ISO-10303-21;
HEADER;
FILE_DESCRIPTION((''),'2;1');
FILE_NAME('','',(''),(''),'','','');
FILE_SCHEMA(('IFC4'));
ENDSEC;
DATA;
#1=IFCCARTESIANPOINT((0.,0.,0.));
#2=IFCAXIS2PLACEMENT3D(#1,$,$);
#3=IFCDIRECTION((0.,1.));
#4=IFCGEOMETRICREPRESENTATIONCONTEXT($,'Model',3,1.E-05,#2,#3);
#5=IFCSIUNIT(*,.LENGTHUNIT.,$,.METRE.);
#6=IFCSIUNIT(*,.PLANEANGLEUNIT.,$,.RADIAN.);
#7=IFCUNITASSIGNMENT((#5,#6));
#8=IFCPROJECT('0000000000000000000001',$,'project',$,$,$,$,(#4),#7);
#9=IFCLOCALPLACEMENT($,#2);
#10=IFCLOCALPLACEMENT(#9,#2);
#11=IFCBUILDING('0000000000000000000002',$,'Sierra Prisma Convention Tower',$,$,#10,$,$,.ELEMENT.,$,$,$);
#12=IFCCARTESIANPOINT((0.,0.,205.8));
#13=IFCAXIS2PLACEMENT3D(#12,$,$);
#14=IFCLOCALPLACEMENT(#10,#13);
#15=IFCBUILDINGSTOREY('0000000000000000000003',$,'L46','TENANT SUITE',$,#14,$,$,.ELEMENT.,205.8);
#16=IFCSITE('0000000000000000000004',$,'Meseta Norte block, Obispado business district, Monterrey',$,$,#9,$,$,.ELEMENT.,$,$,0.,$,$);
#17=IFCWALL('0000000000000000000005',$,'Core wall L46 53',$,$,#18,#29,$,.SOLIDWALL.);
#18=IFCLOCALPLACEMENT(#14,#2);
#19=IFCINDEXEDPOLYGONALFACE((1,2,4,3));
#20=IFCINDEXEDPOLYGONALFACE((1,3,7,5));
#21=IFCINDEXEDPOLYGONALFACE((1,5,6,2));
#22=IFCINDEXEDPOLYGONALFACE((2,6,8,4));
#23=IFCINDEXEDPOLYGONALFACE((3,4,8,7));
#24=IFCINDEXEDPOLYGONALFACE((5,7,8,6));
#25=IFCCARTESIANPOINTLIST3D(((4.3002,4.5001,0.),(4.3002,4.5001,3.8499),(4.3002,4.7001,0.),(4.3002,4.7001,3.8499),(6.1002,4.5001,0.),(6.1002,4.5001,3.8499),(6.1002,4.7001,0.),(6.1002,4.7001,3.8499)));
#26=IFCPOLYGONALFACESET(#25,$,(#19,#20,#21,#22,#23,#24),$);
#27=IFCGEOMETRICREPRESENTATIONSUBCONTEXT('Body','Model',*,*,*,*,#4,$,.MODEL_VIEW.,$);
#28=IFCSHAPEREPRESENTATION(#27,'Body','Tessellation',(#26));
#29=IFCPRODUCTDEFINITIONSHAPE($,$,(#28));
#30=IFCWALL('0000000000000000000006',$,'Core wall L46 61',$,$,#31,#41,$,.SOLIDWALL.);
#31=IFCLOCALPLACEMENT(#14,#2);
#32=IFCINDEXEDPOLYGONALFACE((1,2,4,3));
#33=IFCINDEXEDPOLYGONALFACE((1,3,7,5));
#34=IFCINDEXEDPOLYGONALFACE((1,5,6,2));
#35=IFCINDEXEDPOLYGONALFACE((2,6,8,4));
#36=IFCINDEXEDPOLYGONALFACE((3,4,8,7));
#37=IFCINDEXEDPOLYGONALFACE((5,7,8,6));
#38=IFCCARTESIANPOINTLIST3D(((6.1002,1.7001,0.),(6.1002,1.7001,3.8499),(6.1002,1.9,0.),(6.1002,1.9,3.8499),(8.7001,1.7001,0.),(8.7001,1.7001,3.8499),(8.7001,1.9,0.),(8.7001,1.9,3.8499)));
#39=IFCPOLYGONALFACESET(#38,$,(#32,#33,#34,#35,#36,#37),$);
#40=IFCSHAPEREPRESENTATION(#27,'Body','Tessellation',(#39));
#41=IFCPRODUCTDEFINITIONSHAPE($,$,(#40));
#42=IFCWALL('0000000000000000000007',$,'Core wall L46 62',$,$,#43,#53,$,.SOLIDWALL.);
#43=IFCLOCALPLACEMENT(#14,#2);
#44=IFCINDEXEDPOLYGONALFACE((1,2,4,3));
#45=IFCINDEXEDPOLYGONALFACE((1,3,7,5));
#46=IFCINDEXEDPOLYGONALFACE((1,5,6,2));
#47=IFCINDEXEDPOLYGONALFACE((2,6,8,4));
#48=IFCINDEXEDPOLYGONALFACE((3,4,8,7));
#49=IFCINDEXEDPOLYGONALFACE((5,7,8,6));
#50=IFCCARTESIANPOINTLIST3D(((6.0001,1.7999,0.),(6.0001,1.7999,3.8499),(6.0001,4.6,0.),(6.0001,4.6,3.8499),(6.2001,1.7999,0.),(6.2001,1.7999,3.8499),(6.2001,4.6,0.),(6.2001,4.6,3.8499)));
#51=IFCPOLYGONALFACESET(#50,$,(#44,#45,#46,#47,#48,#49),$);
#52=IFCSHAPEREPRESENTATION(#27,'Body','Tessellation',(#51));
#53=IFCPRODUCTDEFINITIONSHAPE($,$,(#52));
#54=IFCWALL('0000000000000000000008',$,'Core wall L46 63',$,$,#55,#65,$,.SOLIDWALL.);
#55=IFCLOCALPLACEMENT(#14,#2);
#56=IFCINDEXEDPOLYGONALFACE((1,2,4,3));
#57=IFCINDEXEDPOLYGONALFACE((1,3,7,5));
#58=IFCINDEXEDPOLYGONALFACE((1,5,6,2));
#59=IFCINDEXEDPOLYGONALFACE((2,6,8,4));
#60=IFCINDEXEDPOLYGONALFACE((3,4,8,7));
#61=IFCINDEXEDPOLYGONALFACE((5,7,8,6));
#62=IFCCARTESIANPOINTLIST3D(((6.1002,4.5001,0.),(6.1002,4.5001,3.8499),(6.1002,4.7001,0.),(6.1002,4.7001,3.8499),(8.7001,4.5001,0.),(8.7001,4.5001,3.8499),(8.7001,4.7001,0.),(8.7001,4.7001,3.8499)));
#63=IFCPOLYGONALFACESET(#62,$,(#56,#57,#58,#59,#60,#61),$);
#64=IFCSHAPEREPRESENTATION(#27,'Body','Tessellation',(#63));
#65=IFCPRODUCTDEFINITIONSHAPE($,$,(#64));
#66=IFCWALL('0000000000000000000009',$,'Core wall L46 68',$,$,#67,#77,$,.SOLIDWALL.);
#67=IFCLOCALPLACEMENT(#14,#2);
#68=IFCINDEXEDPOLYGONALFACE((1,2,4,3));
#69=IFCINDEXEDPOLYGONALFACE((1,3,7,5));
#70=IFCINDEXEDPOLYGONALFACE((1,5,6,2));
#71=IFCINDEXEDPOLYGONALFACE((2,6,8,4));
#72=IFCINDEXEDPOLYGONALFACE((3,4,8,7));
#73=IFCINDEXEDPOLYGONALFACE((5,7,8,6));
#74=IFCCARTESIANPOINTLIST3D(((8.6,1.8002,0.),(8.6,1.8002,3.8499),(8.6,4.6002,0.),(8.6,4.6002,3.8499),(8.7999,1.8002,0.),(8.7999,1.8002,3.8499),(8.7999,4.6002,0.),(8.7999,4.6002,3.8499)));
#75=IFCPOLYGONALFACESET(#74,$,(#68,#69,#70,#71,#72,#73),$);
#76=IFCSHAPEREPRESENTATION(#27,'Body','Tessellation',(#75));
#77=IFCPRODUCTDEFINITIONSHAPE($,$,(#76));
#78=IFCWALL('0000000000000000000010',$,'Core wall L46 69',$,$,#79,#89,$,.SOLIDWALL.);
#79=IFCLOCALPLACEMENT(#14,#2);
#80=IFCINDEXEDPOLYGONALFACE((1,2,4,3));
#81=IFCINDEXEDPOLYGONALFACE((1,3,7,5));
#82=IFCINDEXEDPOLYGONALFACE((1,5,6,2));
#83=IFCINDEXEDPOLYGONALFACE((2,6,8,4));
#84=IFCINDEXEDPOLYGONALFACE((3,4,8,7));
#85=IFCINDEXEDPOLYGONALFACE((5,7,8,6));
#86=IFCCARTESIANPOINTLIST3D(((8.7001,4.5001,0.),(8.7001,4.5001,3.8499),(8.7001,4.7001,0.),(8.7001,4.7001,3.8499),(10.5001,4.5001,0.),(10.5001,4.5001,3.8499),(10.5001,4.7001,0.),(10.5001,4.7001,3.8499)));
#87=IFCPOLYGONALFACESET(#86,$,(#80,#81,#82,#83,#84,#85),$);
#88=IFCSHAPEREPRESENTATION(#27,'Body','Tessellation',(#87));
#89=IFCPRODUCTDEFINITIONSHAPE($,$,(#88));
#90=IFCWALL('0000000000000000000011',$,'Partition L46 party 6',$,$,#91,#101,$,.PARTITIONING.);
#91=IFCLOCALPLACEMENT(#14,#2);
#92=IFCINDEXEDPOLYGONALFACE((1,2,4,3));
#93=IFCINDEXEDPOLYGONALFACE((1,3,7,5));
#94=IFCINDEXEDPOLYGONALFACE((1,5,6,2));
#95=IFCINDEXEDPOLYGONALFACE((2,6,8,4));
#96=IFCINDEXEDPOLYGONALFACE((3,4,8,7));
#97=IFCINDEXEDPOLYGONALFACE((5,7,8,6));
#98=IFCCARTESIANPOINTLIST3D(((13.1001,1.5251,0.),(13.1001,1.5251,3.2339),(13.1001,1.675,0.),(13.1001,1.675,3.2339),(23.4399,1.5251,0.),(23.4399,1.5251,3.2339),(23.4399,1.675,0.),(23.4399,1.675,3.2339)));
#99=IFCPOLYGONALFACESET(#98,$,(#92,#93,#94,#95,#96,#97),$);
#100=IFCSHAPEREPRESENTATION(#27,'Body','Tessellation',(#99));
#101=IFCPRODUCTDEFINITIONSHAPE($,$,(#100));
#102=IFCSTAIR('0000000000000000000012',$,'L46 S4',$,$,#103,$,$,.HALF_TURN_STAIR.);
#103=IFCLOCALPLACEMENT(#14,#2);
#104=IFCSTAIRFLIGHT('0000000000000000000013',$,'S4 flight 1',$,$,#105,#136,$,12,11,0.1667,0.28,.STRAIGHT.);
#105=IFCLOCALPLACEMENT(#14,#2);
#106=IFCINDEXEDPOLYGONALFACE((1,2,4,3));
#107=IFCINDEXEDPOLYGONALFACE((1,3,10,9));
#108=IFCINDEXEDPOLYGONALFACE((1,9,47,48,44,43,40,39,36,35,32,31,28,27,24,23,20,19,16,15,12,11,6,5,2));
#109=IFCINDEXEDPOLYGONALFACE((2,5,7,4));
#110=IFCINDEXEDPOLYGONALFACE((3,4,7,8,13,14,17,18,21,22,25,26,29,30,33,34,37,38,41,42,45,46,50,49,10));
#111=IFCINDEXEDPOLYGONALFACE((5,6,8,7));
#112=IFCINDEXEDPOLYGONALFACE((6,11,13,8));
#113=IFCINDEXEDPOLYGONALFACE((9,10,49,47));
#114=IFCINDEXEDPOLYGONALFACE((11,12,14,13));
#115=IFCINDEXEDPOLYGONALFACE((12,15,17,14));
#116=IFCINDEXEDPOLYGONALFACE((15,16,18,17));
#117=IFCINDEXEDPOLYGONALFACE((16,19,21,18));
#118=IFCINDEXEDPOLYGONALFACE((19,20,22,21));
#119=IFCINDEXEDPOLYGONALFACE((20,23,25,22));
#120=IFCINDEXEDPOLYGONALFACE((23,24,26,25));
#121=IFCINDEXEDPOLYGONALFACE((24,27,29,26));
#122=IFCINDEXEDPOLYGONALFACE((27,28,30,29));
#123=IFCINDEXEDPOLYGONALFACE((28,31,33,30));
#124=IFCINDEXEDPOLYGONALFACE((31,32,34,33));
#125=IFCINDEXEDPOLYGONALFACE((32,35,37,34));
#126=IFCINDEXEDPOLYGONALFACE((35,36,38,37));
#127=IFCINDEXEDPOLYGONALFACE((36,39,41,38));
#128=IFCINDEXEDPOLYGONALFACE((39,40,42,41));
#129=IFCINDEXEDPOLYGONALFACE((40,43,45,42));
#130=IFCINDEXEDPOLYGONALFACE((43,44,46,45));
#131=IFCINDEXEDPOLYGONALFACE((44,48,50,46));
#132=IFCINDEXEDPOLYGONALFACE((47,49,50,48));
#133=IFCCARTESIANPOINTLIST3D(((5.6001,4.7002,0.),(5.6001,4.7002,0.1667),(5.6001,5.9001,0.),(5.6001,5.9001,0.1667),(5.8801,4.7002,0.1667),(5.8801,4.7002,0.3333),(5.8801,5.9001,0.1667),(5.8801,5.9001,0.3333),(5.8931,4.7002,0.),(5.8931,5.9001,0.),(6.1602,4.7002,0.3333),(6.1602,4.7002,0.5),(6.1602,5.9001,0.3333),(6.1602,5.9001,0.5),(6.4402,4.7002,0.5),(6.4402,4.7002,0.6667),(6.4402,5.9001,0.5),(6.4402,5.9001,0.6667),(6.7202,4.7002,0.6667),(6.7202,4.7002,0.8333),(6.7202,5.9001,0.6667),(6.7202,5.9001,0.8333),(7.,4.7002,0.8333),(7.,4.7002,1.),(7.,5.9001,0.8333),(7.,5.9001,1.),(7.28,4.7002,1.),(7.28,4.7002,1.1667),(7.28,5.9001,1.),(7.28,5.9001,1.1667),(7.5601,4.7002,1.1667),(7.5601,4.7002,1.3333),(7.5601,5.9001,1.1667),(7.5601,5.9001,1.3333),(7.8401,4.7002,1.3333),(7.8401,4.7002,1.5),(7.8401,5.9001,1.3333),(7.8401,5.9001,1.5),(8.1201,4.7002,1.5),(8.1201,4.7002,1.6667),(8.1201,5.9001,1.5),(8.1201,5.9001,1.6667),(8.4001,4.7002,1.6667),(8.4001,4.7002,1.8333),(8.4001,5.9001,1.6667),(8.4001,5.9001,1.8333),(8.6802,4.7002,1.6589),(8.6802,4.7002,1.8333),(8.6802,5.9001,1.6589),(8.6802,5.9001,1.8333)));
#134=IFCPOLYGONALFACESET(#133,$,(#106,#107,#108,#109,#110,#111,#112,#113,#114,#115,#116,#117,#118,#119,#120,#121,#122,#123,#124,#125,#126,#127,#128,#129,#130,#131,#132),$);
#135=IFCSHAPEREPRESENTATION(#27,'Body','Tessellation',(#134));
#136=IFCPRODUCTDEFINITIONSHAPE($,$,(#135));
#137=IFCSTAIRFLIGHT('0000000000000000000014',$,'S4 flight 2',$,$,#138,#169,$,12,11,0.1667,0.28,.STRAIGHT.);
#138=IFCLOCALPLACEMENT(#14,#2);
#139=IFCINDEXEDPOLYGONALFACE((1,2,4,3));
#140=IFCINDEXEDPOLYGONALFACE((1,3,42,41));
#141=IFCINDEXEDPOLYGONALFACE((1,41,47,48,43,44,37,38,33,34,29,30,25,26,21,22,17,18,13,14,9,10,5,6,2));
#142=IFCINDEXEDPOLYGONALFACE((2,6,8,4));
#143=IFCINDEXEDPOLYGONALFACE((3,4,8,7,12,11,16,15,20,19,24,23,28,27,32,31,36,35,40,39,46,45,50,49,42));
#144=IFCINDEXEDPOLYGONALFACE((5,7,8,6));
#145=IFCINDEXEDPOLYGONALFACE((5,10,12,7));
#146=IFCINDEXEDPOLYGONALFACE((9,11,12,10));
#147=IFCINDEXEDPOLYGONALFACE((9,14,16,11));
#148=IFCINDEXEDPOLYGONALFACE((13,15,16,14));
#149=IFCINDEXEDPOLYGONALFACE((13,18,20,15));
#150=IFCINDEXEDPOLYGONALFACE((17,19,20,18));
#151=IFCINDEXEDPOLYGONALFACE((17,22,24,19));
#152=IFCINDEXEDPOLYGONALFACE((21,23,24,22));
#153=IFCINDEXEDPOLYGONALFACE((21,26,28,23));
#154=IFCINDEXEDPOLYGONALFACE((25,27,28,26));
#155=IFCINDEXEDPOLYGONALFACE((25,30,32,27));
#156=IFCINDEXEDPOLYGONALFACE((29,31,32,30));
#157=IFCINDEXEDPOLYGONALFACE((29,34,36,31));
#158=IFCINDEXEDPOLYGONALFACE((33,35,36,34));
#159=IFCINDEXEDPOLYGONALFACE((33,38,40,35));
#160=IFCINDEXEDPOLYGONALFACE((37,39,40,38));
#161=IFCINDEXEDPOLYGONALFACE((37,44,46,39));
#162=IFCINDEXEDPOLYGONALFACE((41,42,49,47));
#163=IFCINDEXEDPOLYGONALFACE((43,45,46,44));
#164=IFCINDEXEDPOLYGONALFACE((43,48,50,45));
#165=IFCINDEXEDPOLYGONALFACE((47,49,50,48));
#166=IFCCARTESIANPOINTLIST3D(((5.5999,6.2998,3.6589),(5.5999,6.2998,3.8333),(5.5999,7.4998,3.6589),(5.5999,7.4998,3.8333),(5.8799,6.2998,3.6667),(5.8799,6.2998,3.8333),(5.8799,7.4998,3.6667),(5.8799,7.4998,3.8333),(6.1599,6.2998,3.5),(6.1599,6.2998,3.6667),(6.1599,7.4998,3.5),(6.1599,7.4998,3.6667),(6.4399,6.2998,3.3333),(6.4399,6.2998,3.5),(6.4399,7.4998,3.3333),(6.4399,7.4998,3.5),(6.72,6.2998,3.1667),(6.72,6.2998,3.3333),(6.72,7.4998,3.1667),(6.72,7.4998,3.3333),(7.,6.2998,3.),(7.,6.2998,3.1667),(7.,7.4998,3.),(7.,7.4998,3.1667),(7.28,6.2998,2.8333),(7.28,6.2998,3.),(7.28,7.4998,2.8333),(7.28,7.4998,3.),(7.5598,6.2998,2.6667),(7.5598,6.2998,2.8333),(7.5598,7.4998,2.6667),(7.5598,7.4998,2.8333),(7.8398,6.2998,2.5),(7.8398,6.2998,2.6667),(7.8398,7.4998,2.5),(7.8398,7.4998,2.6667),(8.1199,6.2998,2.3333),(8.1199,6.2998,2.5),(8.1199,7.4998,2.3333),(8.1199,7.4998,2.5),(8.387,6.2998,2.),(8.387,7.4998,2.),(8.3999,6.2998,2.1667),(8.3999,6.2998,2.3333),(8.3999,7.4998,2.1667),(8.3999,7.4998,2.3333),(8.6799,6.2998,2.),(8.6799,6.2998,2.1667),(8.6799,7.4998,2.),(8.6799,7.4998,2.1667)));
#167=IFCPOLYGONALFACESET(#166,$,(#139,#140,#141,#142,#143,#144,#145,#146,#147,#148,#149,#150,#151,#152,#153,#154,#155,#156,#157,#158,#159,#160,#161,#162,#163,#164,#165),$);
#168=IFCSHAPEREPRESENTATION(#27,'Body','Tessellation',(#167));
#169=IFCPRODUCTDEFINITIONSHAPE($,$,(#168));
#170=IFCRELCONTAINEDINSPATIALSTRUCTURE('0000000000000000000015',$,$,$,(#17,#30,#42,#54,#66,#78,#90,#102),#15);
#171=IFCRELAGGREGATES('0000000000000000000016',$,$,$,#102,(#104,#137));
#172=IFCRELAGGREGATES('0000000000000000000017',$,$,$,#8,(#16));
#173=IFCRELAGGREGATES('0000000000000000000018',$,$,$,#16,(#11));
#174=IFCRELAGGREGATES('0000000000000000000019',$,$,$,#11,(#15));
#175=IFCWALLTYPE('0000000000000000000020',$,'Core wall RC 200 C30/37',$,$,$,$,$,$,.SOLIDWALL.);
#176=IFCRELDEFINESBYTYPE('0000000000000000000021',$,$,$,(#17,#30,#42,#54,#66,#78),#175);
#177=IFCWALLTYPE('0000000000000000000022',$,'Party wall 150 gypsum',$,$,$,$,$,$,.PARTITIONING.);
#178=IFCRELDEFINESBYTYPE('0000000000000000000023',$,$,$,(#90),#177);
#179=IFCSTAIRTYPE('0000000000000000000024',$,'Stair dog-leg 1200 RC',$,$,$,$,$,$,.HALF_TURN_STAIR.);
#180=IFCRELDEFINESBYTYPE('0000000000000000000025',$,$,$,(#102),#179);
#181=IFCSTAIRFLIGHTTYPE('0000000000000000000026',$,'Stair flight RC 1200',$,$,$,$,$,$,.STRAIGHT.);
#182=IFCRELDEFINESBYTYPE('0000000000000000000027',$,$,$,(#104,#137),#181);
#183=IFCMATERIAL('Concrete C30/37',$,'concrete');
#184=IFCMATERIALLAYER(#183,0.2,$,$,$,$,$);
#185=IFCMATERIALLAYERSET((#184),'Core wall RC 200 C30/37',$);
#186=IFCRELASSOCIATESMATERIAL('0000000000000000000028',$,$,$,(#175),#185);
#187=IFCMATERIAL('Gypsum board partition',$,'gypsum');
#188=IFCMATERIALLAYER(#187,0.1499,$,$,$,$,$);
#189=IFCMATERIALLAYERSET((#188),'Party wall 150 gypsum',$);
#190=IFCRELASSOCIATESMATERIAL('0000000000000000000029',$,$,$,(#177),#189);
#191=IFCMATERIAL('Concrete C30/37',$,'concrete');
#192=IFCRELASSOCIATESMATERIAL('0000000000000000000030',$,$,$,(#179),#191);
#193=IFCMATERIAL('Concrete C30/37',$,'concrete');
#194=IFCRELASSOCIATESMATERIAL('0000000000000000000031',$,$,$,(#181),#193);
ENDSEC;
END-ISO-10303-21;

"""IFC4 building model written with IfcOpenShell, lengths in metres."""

from ifc_helpers import new_model, si_unit, direction, frame, frame_2d, origin, place, context, subcontext, project, spatial, polyline, rectangle, outline, extrude, material, layer, layer_set, type_object, element, aggregate, save


model = new_model("IFC4")

# Units and contexts
model_context = context("Model", 3, precision=1e-05, world=origin(), true_north=direction((0.0, 1.0)))
body_context = subcontext(model_context, "Body", "Model", "MODEL_VIEW")
ifc_project = project(units=[si_unit("LENGTHUNIT", "METRE"), si_unit("PLANEANGLEUNIT", "RADIAN")], contexts=[model_context])

# Site, building, storey
site_placement = place(None, origin())
site = spatial("IfcSite", under=ifc_project, at=site_placement, Name="Meseta Norte block, Obispado business district, Monterrey", CompositionType="ELEMENT", RefElevation=0.0)
building_placement = place(site_placement, origin())
building = spatial("IfcBuilding", under=site, at=building_placement, Name="Sierra Prisma Convention Tower", CompositionType="ELEMENT")
storey_placement = place(building_placement, frame((0.0, 0.0, 205.8)))
storey = spatial("IfcBuildingStorey", under=building, at=storey_placement, Name="L46", Description="TENANT SUITE", CompositionType="ELEMENT", Elevation=205.8)

# Walls
ifc_material_1 = material(Name="Concrete C30/37", Category="concrete")
ifc_layer_1 = layer(ifc_material_1, 0.2)
ifc_layer_set_1 = layer_set([ifc_layer_1], Name="Core wall RC 200 C30/37")
wall_type_1 = type_object("IfcWallType", Name="Core wall RC 200 C30/37", PredefinedType="SOLIDWALL", material=ifc_layer_set_1)
wall_1_placement = place(storey_placement, frame((6.1001, 4.6001, 0.0), z_axis=(0.0, 0.0, 1.0), x_axis=(-1.0, 0.0, 0.0)))
element("IfcWall", 1, at=wall_1_placement, inside=storey, type_object=wall_type_1, Name="Core wall L46 53", PredefinedType="SOLIDWALL", context=body_context, shape_type="SweptSolid", body=[
    extrude(rectangle(XDim=1.8, YDim=0.2, at=frame_2d((0.8999, 0.0))), origin(), (0.0, 0.0, 1.0), 3.8499),
])
wall_2_placement = place(storey_placement, frame((8.7, 1.8, 0.0), z_axis=(0.0, 0.0, 1.0), x_axis=(-1.0, 0.0, 0.0)))
element("IfcWall", 2, at=wall_2_placement, inside=storey, type_object=wall_type_1, Name="Core wall L46 61", PredefinedType="SOLIDWALL", context=body_context, shape_type="SweptSolid", body=[
    extrude(rectangle(XDim=2.5999, YDim=0.2, at=frame_2d((1.2998, 0.0))), origin(), (0.0, 0.0, 1.0), 3.8499),
])
wall_3_placement = place(storey_placement, frame((6.1001, 1.8, 0.0), z_axis=(0.0, 0.0, 1.0), x_axis=(0.0, 1.0, 0.0)))
element("IfcWall", 3, at=wall_3_placement, inside=storey, type_object=wall_type_1, Name="Core wall L46 62", PredefinedType="SOLIDWALL", context=body_context, shape_type="SweptSolid", body=[
    extrude(rectangle(XDim=2.8, YDim=0.2, at=frame_2d((1.3999, 0.0))), origin(), (0.0, 0.0, 1.0), 3.8499),
])
wall_4_placement = place(storey_placement, frame((8.7, 4.6001, 0.0), z_axis=(0.0, 0.0, 1.0), x_axis=(-1.0, 0.0, 0.0)))
element("IfcWall", 4, at=wall_4_placement, inside=storey, type_object=wall_type_1, Name="Core wall L46 63", PredefinedType="SOLIDWALL", context=body_context, shape_type="SweptSolid", body=[
    extrude(rectangle(XDim=2.5999, YDim=0.2, at=frame_2d((1.2998, 0.0))), origin(), (0.0, 0.0, 1.0), 3.8499),
])

# Walls
wall_5_placement = place(storey_placement, frame((8.7, 4.6001, 0.0), z_axis=(0.0, 0.0, 1.0), x_axis=(0.0, -1.0, 0.0)))
element("IfcWall", 5, at=wall_5_placement, inside=storey, type_object=wall_type_1, Name="Core wall L46 68", PredefinedType="SOLIDWALL", context=body_context, shape_type="SweptSolid", body=[
    extrude(rectangle(XDim=2.8, YDim=0.2, at=frame_2d((1.3999, 0.0))), origin(), (0.0, 0.0, 1.0), 3.8499),
])
wall_6_placement = place(storey_placement, frame((10.5, 4.6001, 0.0), z_axis=(0.0, 0.0, 1.0), x_axis=(-1.0, 0.0, 0.0)))
element("IfcWall", 6, at=wall_6_placement, inside=storey, type_object=wall_type_1, Name="Core wall L46 69", PredefinedType="SOLIDWALL", context=body_context, shape_type="SweptSolid", body=[
    extrude(rectangle(XDim=1.8, YDim=0.2, at=frame_2d((0.8999, 0.0))), origin(), (0.0, 0.0, 1.0), 3.8499),
])
ifc_material_2 = material(Name="Gypsum board partition", Category="gypsum")
ifc_layer_2 = layer(ifc_material_2, 0.1499)
ifc_layer_set_2 = layer_set([ifc_layer_2], Name="Party wall 150 gypsum")
wall_type_2 = type_object("IfcWallType", Name="Party wall 150 gypsum", PredefinedType="PARTITIONING", material=ifc_layer_set_2)
wall_7_placement = place(storey_placement, frame((23.4399, 1.6001, 0.0), z_axis=(0.0, 0.0, 1.0), x_axis=(-1.0, 0.0, 0.0)))
element("IfcWall", 7, at=wall_7_placement, inside=storey, type_object=wall_type_2, Name="Partition L46 party 6", PredefinedType="PARTITIONING", context=body_context, shape_type="SweptSolid", body=[
    extrude(rectangle(XDim=10.3398, YDim=0.1499, at=frame_2d((5.1699, 0.0))), origin(), (0.0, 0.0, 1.0), 3.2339),
])

# Stair, stair flights
ifc_material_3 = material(Name="Concrete C30/37", Category="concrete")
stair_type = type_object("IfcStairType", Name="Stair dog-leg 1200 RC", PredefinedType="HALF_TURN_STAIR", material=ifc_material_3)
stair_placement = place(storey_placement, origin())
stair = element("IfcStair", 8, at=stair_placement, inside=storey, type_object=stair_type, Name="L46 S4", PredefinedType="HALF_TURN_STAIR")
ifc_material_4 = material(Name="Concrete C30/37", Category="concrete")
stair_flight_type = type_object("IfcStairFlightType", Name="Stair flight RC 1200", PredefinedType="STRAIGHT", material=ifc_material_4)
stair_flight_1_placement = place(storey_placement, frame((5.6001, 5.3, 0.0), z_axis=(0.0, 0.0, 1.0), x_axis=(1.0, 0.0, 0.0)))
stair_flight_1 = element("IfcStairFlight", 9, at=stair_flight_1_placement, type_object=stair_flight_type, Name="S4 flight 1", NumberOfRisers=12, NumberOfTreads=11, PredefinedType="STRAIGHT", RiserHeight=0.1667, TreadLength=0.28, context=body_context, shape_type="SweptSolid", body=[
    extrude(outline(polyline([(0.0, 0.0), (0.0, 0.1667), (0.28, 0.1667), (0.28, 0.3333), (0.5601, 0.3333), (0.5601, 0.5), (0.8401, 0.5), (0.8401, 0.6667), (1.1201, 0.6667), (1.1201, 0.8333), (1.3999, 0.8333), (1.3999, 1.0), (1.6799, 1.0), (1.6799, 1.1667), (1.96, 1.1667), (1.96, 1.3333), (2.24, 1.3333), (2.24, 1.5), (2.52, 1.5), (2.52, 1.6667), (2.8, 1.6667), (2.8, 1.8333), (3.0801, 1.8333), (3.0801, 2.0), (3.0801, 1.6589), (0.293, 0.0), (0.0, 0.0)])), frame((0.0, 0.6001, 0.0), z_axis=(0.0, -1.0, 0.0), x_axis=(1.0, 0.0, 0.0)), (0.0, 0.0, 1.0), 1.2),
])
stair_flight_2_placement = place(storey_placement, frame((8.6799, 6.8999, 2.0), z_axis=(0.0, 0.0, 1.0), x_axis=(-1.0, 0.0, 0.0)))
stair_flight_2 = element("IfcStairFlight", 10, at=stair_flight_2_placement, type_object=stair_flight_type, Name="S4 flight 2", NumberOfRisers=12, NumberOfTreads=11, PredefinedType="STRAIGHT", RiserHeight=0.1667, TreadLength=0.28, context=body_context, shape_type="SweptSolid", body=[
    extrude(outline(polyline([(0.0, 0.0), (0.0, 0.1667), (0.28, 0.1667), (0.28, 0.3333), (0.5601, 0.3333), (0.5601, 0.5), (0.8401, 0.5), (0.8401, 0.6667), (1.1201, 0.6667), (1.1201, 0.8333), (1.3999, 0.8333), (1.3999, 1.0), (1.6799, 1.0), (1.6799, 1.1667), (1.96, 1.1667), (1.96, 1.3333), (2.24, 1.3333), (2.24, 1.5), (2.52, 1.5), (2.52, 1.6667), (2.8, 1.6667), (2.8, 1.8333), (3.0801, 1.8333), (3.0801, 2.0), (3.0801, 1.6589), (0.293, 0.0), (0.0, 0.0)])), frame((0.0, 0.6001, 0.0), z_axis=(0.0, -1.0, 0.0), x_axis=(1.0, 0.0, 0.0)), (0.0, 0.0, 1.0), 1.2),
])
aggregate(stair, [stair_flight_1, stair_flight_2])

save(model, "model.ifc")
